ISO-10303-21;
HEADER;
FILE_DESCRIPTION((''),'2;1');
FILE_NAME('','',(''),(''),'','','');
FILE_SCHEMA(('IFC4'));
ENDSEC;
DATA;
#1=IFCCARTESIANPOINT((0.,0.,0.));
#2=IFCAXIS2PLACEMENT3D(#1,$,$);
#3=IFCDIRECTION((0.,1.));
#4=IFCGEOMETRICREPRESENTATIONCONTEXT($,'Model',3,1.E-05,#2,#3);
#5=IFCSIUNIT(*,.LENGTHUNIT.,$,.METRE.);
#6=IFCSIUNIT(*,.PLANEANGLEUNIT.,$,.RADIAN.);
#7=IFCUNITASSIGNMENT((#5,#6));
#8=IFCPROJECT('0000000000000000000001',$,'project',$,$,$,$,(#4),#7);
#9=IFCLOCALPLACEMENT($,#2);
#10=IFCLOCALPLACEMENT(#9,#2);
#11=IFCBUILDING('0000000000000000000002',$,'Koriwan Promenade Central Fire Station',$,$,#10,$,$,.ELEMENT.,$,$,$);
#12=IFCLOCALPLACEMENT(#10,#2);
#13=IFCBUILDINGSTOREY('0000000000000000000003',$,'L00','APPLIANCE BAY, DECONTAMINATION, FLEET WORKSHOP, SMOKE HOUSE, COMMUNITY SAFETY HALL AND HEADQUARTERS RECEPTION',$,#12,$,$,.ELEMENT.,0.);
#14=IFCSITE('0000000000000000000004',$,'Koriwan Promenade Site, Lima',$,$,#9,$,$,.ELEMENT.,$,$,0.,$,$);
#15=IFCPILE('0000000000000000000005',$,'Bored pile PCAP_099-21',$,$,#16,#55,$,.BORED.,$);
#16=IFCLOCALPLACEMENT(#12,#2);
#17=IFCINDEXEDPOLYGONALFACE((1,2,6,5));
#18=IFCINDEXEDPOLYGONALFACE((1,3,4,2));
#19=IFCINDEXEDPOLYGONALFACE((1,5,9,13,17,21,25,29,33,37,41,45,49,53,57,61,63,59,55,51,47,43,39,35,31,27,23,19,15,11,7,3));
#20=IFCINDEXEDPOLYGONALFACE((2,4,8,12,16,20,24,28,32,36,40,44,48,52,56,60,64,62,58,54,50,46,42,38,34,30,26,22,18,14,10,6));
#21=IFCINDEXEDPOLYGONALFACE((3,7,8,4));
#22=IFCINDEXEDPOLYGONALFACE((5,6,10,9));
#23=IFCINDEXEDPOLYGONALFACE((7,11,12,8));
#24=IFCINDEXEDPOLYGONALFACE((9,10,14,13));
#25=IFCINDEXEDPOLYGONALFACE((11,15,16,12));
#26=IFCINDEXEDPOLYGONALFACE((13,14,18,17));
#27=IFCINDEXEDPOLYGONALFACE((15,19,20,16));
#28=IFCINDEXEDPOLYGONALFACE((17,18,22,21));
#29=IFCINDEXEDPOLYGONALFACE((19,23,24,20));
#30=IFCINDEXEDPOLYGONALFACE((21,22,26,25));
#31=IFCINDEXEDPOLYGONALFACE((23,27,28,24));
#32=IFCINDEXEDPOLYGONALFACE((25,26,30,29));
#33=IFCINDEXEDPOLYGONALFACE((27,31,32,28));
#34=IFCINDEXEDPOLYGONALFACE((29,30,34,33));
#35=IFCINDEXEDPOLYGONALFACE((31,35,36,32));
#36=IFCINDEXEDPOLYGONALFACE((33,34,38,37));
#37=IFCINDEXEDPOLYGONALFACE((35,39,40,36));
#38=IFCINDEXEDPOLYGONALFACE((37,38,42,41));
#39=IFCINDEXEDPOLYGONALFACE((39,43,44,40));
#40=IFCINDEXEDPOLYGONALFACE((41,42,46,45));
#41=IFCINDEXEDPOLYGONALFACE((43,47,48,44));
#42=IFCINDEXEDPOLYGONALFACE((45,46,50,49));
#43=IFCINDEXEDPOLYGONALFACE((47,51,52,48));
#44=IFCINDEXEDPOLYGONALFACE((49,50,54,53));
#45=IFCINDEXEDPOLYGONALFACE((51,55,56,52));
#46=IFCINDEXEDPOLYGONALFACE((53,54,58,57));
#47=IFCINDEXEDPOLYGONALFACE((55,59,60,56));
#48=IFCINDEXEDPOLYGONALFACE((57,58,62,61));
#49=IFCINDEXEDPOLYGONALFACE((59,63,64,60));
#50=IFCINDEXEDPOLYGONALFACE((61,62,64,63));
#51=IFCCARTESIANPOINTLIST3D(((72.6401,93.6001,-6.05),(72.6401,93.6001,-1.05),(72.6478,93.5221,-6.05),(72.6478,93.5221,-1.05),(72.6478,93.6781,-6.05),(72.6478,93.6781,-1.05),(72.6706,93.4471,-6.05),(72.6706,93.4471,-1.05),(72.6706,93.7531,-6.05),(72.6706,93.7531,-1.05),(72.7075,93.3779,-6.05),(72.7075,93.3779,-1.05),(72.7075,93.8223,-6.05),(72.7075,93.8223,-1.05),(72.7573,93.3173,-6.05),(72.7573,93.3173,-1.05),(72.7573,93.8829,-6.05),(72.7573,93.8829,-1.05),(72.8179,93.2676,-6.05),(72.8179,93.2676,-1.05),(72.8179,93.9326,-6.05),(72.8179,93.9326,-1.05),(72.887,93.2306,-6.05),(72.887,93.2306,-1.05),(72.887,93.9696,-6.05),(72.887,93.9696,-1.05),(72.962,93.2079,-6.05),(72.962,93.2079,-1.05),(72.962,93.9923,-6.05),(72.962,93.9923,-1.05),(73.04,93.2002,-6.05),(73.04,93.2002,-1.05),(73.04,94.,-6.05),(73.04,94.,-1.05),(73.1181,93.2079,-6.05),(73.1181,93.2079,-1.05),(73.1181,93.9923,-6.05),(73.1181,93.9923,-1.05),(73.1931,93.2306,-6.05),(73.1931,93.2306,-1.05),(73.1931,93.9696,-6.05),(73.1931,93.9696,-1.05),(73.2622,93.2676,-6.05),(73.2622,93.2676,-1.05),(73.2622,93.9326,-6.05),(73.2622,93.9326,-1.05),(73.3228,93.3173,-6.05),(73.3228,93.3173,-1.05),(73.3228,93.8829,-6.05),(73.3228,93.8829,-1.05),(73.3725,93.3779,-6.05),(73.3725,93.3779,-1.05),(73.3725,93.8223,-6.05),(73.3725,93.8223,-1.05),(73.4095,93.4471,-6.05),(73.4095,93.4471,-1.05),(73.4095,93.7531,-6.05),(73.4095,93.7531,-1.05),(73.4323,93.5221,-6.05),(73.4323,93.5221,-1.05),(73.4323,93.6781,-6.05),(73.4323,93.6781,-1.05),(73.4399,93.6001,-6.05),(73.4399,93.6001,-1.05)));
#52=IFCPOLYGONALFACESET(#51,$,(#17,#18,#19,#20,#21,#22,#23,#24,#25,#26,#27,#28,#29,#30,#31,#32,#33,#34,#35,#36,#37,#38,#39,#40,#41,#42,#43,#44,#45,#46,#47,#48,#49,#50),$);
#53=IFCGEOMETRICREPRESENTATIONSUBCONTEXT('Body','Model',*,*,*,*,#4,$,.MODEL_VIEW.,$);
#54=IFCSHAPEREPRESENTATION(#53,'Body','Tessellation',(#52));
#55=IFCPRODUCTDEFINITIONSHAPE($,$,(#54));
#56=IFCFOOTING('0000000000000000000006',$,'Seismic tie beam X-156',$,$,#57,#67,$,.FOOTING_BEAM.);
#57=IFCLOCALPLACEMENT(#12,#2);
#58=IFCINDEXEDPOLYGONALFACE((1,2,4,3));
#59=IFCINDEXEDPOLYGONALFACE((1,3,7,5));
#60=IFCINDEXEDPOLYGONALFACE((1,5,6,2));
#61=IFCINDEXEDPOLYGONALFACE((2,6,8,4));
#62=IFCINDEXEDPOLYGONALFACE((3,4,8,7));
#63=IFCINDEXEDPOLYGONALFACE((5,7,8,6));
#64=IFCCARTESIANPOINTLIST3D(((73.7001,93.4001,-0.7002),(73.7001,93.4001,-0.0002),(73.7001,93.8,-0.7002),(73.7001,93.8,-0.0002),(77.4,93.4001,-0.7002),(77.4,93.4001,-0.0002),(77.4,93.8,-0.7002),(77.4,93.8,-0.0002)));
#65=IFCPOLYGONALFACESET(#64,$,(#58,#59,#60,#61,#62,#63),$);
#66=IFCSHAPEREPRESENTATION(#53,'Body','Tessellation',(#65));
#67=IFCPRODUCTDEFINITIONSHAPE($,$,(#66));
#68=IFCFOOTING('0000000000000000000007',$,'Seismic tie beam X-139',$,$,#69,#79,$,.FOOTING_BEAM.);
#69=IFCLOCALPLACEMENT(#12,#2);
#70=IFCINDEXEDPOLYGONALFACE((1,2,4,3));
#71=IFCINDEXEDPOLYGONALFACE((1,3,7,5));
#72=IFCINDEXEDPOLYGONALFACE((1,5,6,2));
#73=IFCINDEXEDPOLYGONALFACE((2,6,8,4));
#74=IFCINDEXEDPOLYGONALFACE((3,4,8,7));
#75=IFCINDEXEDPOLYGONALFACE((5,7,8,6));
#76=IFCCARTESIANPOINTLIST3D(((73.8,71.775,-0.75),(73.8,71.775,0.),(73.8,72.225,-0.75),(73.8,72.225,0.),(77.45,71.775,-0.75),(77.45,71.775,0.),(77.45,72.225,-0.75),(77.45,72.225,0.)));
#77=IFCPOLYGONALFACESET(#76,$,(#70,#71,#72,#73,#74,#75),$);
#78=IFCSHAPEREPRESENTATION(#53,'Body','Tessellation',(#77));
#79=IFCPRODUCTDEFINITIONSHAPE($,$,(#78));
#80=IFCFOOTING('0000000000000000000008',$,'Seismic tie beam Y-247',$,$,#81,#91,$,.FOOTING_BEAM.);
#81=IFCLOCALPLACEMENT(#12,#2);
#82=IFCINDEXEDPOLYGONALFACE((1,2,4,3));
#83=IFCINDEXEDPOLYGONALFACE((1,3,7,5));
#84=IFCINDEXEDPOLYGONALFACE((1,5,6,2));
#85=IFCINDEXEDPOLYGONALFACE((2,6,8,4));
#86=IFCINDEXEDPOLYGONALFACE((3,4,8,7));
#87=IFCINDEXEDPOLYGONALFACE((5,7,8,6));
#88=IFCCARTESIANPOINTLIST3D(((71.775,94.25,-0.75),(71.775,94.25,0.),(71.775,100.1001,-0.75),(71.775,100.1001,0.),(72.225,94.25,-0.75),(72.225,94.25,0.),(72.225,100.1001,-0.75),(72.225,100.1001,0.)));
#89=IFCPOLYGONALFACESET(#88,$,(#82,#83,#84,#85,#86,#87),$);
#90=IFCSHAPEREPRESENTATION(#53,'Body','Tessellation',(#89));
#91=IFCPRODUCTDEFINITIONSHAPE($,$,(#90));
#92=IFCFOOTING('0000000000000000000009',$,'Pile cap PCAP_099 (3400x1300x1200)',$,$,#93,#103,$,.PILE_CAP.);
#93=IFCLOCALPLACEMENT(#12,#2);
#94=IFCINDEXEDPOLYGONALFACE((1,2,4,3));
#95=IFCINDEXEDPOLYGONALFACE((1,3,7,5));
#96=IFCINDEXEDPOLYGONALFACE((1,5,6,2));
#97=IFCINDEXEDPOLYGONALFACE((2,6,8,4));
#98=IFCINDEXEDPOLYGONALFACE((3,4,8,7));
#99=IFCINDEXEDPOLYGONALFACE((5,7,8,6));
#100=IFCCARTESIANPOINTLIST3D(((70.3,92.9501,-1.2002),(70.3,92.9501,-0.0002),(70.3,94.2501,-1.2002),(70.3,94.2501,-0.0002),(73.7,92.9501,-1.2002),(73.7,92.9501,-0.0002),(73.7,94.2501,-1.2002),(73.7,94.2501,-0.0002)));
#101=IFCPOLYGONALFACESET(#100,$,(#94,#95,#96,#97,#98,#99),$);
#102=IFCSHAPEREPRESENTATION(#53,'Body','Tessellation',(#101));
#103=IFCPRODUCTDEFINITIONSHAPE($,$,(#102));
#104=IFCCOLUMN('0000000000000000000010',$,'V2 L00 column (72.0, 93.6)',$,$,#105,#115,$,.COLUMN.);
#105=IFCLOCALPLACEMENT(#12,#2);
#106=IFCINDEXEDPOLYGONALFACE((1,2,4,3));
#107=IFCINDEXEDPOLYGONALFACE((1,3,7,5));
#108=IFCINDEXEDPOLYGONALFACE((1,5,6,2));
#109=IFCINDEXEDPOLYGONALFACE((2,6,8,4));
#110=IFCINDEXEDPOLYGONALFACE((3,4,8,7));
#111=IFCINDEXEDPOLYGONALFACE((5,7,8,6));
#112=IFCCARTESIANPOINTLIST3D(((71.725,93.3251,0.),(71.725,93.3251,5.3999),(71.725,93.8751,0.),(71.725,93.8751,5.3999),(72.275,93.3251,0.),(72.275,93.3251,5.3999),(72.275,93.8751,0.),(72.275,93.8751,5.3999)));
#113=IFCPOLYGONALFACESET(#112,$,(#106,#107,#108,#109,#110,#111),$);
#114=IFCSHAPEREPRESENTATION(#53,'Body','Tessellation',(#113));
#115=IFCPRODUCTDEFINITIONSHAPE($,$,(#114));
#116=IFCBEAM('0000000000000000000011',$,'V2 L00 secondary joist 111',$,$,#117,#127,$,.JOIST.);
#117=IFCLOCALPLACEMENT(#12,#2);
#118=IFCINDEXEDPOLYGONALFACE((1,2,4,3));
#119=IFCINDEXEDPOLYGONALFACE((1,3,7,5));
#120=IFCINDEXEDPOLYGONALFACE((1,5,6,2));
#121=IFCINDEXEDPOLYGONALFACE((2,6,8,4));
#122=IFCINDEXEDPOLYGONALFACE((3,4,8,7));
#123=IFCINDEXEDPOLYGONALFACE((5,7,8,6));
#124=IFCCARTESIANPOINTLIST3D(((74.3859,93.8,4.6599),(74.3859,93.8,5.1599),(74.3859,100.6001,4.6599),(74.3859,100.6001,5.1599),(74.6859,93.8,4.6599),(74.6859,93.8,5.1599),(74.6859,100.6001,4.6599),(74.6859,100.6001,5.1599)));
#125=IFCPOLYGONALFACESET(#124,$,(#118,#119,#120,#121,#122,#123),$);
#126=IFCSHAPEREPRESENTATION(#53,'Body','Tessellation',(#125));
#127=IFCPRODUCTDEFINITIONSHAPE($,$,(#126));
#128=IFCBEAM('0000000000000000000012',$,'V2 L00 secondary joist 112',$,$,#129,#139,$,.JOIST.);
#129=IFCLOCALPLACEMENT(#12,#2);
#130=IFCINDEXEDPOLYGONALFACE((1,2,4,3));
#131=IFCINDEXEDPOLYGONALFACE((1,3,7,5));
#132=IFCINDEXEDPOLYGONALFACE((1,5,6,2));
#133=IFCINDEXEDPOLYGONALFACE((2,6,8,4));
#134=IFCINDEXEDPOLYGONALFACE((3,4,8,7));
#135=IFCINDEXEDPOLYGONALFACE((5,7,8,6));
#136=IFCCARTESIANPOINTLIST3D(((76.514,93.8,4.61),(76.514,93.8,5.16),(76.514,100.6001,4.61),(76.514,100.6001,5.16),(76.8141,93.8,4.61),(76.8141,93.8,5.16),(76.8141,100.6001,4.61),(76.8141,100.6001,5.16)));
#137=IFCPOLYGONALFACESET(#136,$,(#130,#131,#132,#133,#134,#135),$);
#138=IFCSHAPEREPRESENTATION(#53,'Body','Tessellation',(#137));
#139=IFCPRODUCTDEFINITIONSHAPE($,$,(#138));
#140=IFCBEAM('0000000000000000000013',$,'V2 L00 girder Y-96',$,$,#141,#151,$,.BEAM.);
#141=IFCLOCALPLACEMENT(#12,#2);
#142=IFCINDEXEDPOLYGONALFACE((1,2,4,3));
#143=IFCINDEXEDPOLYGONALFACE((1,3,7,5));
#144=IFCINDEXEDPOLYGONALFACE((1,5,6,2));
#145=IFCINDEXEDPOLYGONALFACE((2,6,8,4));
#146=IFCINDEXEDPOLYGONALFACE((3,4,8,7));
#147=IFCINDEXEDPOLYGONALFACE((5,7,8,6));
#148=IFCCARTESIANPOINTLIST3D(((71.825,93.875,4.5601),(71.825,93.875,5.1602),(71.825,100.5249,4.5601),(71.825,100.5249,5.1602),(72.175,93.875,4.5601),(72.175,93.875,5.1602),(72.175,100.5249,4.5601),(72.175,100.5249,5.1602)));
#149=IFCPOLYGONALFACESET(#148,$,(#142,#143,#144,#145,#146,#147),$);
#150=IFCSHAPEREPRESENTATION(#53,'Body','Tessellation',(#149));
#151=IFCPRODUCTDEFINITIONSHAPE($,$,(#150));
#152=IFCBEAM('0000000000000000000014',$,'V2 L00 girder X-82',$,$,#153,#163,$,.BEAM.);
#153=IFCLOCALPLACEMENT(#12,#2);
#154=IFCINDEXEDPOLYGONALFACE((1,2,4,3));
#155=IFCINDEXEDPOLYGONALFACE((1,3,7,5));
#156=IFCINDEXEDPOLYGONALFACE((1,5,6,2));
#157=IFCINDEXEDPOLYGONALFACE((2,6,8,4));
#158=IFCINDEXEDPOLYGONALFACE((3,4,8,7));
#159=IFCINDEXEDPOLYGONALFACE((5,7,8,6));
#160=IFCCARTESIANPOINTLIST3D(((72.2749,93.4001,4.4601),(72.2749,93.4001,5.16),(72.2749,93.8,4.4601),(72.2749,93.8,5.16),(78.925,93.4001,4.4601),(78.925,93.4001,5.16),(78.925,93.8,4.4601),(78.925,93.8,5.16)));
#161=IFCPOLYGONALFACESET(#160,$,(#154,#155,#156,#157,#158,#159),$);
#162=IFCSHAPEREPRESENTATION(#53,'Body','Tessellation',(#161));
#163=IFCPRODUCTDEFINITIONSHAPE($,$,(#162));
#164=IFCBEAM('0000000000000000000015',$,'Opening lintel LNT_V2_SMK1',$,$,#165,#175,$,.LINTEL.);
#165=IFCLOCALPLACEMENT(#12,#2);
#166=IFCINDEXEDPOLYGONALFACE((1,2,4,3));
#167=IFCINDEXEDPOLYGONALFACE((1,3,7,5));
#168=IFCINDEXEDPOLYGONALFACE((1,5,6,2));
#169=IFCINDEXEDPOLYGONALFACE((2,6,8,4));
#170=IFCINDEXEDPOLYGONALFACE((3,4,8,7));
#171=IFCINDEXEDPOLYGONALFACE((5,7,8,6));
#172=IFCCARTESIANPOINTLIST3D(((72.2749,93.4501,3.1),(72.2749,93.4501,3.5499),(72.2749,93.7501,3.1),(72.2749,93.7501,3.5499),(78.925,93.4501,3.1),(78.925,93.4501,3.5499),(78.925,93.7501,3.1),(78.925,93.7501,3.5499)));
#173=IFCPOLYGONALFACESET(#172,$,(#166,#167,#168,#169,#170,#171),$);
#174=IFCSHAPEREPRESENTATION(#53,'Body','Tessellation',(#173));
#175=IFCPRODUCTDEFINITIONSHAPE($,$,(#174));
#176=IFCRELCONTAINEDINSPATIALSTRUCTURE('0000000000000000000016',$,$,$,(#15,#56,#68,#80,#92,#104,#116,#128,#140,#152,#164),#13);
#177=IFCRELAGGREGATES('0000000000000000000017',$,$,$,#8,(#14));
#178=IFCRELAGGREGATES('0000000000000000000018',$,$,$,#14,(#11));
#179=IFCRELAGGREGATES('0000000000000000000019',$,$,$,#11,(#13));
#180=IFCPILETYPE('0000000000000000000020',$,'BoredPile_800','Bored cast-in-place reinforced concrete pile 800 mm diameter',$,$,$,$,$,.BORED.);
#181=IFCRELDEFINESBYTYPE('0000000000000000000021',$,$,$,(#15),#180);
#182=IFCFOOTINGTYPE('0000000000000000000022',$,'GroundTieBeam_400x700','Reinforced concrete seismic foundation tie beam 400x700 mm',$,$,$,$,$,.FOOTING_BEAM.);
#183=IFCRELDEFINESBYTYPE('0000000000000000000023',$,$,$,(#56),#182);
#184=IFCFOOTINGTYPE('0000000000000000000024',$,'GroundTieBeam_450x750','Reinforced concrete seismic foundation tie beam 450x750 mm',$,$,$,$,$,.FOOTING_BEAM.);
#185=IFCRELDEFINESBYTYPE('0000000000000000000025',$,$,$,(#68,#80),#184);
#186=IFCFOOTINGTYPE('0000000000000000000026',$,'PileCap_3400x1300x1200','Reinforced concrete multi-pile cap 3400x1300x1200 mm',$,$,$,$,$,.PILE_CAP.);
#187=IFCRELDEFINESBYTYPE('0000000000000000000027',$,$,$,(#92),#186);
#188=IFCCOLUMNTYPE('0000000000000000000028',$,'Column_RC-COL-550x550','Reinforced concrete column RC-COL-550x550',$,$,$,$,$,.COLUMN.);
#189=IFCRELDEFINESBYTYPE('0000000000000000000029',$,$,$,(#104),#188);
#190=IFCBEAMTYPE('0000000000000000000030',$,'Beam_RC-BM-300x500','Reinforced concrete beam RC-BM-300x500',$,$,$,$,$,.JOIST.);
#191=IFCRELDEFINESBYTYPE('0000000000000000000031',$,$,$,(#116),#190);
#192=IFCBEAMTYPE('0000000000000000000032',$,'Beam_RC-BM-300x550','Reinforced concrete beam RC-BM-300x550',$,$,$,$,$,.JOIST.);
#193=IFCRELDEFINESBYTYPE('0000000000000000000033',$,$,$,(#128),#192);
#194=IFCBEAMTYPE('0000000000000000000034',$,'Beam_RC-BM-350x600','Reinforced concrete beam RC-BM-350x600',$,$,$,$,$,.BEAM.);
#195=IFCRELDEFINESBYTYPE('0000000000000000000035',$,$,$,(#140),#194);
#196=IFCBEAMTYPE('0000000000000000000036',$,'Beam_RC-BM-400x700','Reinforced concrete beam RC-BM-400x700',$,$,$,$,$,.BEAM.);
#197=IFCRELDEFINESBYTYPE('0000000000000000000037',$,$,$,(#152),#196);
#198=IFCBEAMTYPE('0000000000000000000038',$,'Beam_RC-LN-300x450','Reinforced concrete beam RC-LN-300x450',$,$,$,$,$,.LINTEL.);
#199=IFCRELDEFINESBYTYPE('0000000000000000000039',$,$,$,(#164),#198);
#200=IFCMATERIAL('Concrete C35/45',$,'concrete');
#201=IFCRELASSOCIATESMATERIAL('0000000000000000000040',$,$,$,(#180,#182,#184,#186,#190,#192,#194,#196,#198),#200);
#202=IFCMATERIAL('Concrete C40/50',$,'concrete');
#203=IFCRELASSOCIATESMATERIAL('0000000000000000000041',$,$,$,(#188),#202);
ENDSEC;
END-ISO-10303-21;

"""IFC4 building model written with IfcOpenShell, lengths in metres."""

from ifc_helpers import new_model, si_unit, direction, frame, origin, origin_2d, place, context, subcontext, project, spatial, rectangle, circle, extrude, material, material_profile, profile_set, type_object, element, save


model = new_model("IFC4")

# Units and contexts
model_context = context("Model", 3, precision=1e-05, world=origin(), true_north=direction((0.0, 1.0)))
body_context = subcontext(model_context, "Body", "Model", "MODEL_VIEW")
ifc_project = project(units=[si_unit("LENGTHUNIT", "METRE"), si_unit("PLANEANGLEUNIT", "RADIAN")], contexts=[model_context])

# Site, building, storey
site_placement = place(None, origin())
site = spatial("IfcSite", under=ifc_project, at=site_placement, Name="Koriwan Promenade Site, Lima", CompositionType="ELEMENT", RefElevation=0.0)
building_placement = place(site_placement, origin())
building = spatial("IfcBuilding", under=site, at=building_placement, Name="Koriwan Promenade Central Fire Station", CompositionType="ELEMENT")
storey_placement = place(building_placement, origin())
storey = spatial("IfcBuildingStorey", under=building, at=storey_placement, Name="L00", Description="APPLIANCE BAY, DECONTAMINATION, FLEET WORKSHOP, SMOKE HOUSE, COMMUNITY SAFETY HALL AND HEADQUARTERS RECEPTION", CompositionType="ELEMENT", Elevation=0.0)

# Pile
ifc_material_1 = material(Name="Concrete C35/45", Category="concrete")
ifc_material_profile_1 = material_profile(ifc_material_1, circle(Radius=0.3999, at=origin_2d()), Name="PILE-D800")
ifc_profile_set_1 = profile_set([ifc_material_profile_1], Name="Concrete C35/45")
pile_type = type_object("IfcPileType", Name="BoredPile_800", Description="Bored cast-in-place reinforced concrete pile 800 mm diameter", PredefinedType="BORED", material=ifc_profile_set_1)
for number, where, z_axis, x_axis, name in (
    (1, (73.04, 93.6001, -1.05), (0.0, 0.0, -1.0), (1.0, 0.0, 0.0), "Bored pile PCAP_099-21"),
):
    element("IfcPile", number, at=place(storey_placement, frame(where, z_axis=z_axis, x_axis=x_axis)), inside=storey, type_object=pile_type, Name=name, PredefinedType="BORED", context=body_context, shape_type="SweptSolid", body=[
        extrude(circle(Radius=0.3999, at=origin_2d()), origin(), (0.0, 0.0, 1.0), 5.0),
    ])

# Footings
footing_type_1 = type_object("IfcFootingType", Name="GroundTieBeam_400x700", Description="Reinforced concrete seismic foundation tie beam 400x700 mm", PredefinedType="FOOTING_BEAM", material=ifc_material_1)
footing_1_placement = place(storey_placement, frame((75.55, 93.6001, -0.7002), z_axis=(0.0, 0.0, 1.0), x_axis=(1.0, 0.0, 0.0)))
element("IfcFooting", 2, at=footing_1_placement, inside=storey, type_object=footing_type_1, Name="Seismic tie beam X-156", PredefinedType="FOOTING_BEAM", context=body_context, shape_type="SweptSolid", body=[
    extrude(rectangle(XDim=3.7, YDim=0.3999, at=origin_2d()), origin(), (0.0, 0.0, 1.0), 0.7),
])
footing_type_2 = type_object("IfcFootingType", Name="GroundTieBeam_450x750", Description="Reinforced concrete seismic foundation tie beam 450x750 mm", PredefinedType="FOOTING_BEAM", material=ifc_material_1)
footing_2_placement = place(storey_placement, frame((75.625, 72.0, -0.75), z_axis=(0.0, 0.0, 1.0), x_axis=(1.0, 0.0, 0.0)))
element("IfcFooting", 3, at=footing_2_placement, inside=storey, type_object=footing_type_2, Name="Seismic tie beam X-139", PredefinedType="FOOTING_BEAM", context=body_context, shape_type="SweptSolid", body=[
    extrude(rectangle(XDim=3.6499, YDim=0.45, at=origin_2d()), origin(), (0.0, 0.0, 1.0), 0.75),
])
footing_3_placement = place(storey_placement, frame((72.0, 97.175, -0.75), z_axis=(0.0, 0.0, 1.0), x_axis=(0.0, 1.0, 0.0)))
element("IfcFooting", 4, at=footing_3_placement, inside=storey, type_object=footing_type_2, Name="Seismic tie beam Y-247", PredefinedType="FOOTING_BEAM", context=body_context, shape_type="SweptSolid", body=[
    extrude(rectangle(XDim=5.8501, YDim=0.45, at=origin_2d()), origin(), (0.0, 0.0, 1.0), 0.75),
])
footing_type_3 = type_object("IfcFootingType", Name="PileCap_3400x1300x1200", Description="Reinforced concrete multi-pile cap 3400x1300x1200 mm", PredefinedType="PILE_CAP", material=ifc_material_1)
footing_4_placement = place(storey_placement, frame((72.0, 93.6001, -1.2002), z_axis=(0.0, 0.0, 1.0), x_axis=(1.0, 0.0, 0.0)))
element("IfcFooting", 5, at=footing_4_placement, inside=storey, type_object=footing_type_3, Name="Pile cap PCAP_099 (3400x1300x1200)", PredefinedType="PILE_CAP", context=body_context, shape_type="SweptSolid", body=[
    extrude(rectangle(XDim=3.3999, YDim=1.3, at=origin_2d()), origin(), (0.0, 0.0, 1.0), 1.2),
])

# Column
ifc_material_2 = material(Name="Concrete C40/50", Category="concrete")
ifc_material_profile_2 = material_profile(ifc_material_2, rectangle(XDim=0.55, YDim=0.55, at=origin_2d()), Name="RC-COL-550x550")
ifc_profile_set_2 = profile_set([ifc_material_profile_2], Name="Concrete C40/50")
column_type = type_object("IfcColumnType", Name="Column_RC-COL-550x550", Description="Reinforced concrete column RC-COL-550x550", PredefinedType="COLUMN", material=ifc_profile_set_2)
column_placement = place(storey_placement, frame((72.0, 93.6001, 0.0), z_axis=(0.0, 0.0, 1.0), x_axis=(1.0, 0.0, 0.0)))
element("IfcColumn", 6, at=column_placement, inside=storey, type_object=column_type, Name="V2 L00 column (72.0, 93.6)", PredefinedType="COLUMN", context=body_context, shape_type="SweptSolid", body=[
    extrude(rectangle(XDim=0.55, YDim=0.55, at=origin_2d()), origin(), (0.0, 0.0, 1.0), 5.3999),
])

# Beams
ifc_material_profile_3 = material_profile(ifc_material_1, rectangle(XDim=0.3, YDim=0.5, at=origin_2d()), Name="RC-BM-300x500")
ifc_profile_set_3 = profile_set([ifc_material_profile_3], Name="Concrete C35/45")
beam_type_1 = type_object("IfcBeamType", Name="Beam_RC-BM-300x500", Description="Reinforced concrete beam RC-BM-300x500", PredefinedType="JOIST", material=ifc_profile_set_3)
beam_1_placement = place(storey_placement, frame((74.5359, 93.8, 4.9099), z_axis=(0.0, 1.0, 0.0), x_axis=(-1.0, 0.0, 0.0)))
element("IfcBeam", 7, at=beam_1_placement, inside=storey, type_object=beam_type_1, Name="V2 L00 secondary joist 111", PredefinedType="JOIST", context=body_context, shape_type="SweptSolid", body=[
    extrude(rectangle(XDim=0.3, YDim=0.5, at=origin_2d()), origin(), (0.0, 0.0, 1.0), 6.8),
])
ifc_material_profile_4 = material_profile(ifc_material_1, rectangle(XDim=0.3, YDim=0.55, at=origin_2d()), Name="RC-BM-300x550")
ifc_profile_set_4 = profile_set([ifc_material_profile_4], Name="Concrete C35/45")
beam_type_2 = type_object("IfcBeamType", Name="Beam_RC-BM-300x550", Description="Reinforced concrete beam RC-BM-300x550", PredefinedType="JOIST", material=ifc_profile_set_4)
beam_2_placement = place(storey_placement, frame((76.6641, 93.8, 4.885), z_axis=(0.0, 1.0, 0.0), x_axis=(-1.0, 0.0, 0.0)))
element("IfcBeam", 8, at=beam_2_placement, inside=storey, type_object=beam_type_2, Name="V2 L00 secondary joist 112", PredefinedType="JOIST", context=body_context, shape_type="SweptSolid", body=[
    extrude(rectangle(XDim=0.3, YDim=0.55, at=origin_2d()), origin(), (0.0, 0.0, 1.0), 6.8),
])
ifc_material_profile_5 = material_profile(ifc_material_1, rectangle(XDim=0.3501, YDim=0.6001, at=origin_2d()), Name="RC-BM-350x600")
ifc_profile_set_5 = profile_set([ifc_material_profile_5], Name="Concrete C35/45")
beam_type_3 = type_object("IfcBeamType", Name="Beam_RC-BM-350x600", Description="Reinforced concrete beam RC-BM-350x600", PredefinedType="BEAM", material=ifc_profile_set_5)
beam_3_placement = place(storey_placement, frame((72.0, 93.875, 4.8601), z_axis=(0.0, 1.0, 0.0), x_axis=(-1.0, 0.0, 0.0)))
element("IfcBeam", 9, at=beam_3_placement, inside=storey, type_object=beam_type_3, Name="V2 L00 girder Y-96", PredefinedType="BEAM", context=body_context, shape_type="SweptSolid", body=[
    extrude(rectangle(XDim=0.3501, YDim=0.6001, at=origin_2d()), origin(), (0.0, 0.0, 1.0), 6.6499),
])
ifc_material_profile_6 = material_profile(ifc_material_1, rectangle(XDim=0.3999, YDim=0.7, at=origin_2d()), Name="RC-BM-400x700")
ifc_profile_set_6 = profile_set([ifc_material_profile_6], Name="Concrete C35/45")
beam_type_4 = type_object("IfcBeamType", Name="Beam_RC-BM-400x700", Description="Reinforced concrete beam RC-BM-400x700", PredefinedType="BEAM", material=ifc_profile_set_6)
beam_4_placement = place(storey_placement, frame((72.2749, 93.6001, 4.8101), z_axis=(1.0, 0.0, 0.0), x_axis=(0.0, 1.0, 0.0)))
element("IfcBeam", 10, at=beam_4_placement, inside=storey, type_object=beam_type_4, Name="V2 L00 girder X-82", PredefinedType="BEAM", context=body_context, shape_type="SweptSolid", body=[
    extrude(rectangle(XDim=0.3999, YDim=0.7, at=origin_2d()), origin(), (0.0, 0.0, 1.0), 6.6501),
])
ifc_material_profile_7 = material_profile(ifc_material_1, rectangle(XDim=0.3, YDim=0.45, at=origin_2d()), Name="RC-LN-300x450")
ifc_profile_set_7 = profile_set([ifc_material_profile_7], Name="Concrete C35/45")
beam_type_5 = type_object("IfcBeamType", Name="Beam_RC-LN-300x450", Description="Reinforced concrete beam RC-LN-300x450", PredefinedType="LINTEL", material=ifc_profile_set_7)
beam_5_placement = place(storey_placement, frame((72.2749, 93.6001, 3.325), z_axis=(1.0, 0.0, 0.0), x_axis=(0.0, 1.0, 0.0)))
element("IfcBeam", 11, at=beam_5_placement, inside=storey, type_object=beam_type_5, Name="Opening lintel LNT_V2_SMK1", PredefinedType="LINTEL", context=body_context, shape_type="SweptSolid", body=[
    extrude(rectangle(XDim=0.3, YDim=0.45, at=origin_2d()), origin(), (0.0, 0.0, 1.0), 6.6501),
])

save(model, "model.ifc")
